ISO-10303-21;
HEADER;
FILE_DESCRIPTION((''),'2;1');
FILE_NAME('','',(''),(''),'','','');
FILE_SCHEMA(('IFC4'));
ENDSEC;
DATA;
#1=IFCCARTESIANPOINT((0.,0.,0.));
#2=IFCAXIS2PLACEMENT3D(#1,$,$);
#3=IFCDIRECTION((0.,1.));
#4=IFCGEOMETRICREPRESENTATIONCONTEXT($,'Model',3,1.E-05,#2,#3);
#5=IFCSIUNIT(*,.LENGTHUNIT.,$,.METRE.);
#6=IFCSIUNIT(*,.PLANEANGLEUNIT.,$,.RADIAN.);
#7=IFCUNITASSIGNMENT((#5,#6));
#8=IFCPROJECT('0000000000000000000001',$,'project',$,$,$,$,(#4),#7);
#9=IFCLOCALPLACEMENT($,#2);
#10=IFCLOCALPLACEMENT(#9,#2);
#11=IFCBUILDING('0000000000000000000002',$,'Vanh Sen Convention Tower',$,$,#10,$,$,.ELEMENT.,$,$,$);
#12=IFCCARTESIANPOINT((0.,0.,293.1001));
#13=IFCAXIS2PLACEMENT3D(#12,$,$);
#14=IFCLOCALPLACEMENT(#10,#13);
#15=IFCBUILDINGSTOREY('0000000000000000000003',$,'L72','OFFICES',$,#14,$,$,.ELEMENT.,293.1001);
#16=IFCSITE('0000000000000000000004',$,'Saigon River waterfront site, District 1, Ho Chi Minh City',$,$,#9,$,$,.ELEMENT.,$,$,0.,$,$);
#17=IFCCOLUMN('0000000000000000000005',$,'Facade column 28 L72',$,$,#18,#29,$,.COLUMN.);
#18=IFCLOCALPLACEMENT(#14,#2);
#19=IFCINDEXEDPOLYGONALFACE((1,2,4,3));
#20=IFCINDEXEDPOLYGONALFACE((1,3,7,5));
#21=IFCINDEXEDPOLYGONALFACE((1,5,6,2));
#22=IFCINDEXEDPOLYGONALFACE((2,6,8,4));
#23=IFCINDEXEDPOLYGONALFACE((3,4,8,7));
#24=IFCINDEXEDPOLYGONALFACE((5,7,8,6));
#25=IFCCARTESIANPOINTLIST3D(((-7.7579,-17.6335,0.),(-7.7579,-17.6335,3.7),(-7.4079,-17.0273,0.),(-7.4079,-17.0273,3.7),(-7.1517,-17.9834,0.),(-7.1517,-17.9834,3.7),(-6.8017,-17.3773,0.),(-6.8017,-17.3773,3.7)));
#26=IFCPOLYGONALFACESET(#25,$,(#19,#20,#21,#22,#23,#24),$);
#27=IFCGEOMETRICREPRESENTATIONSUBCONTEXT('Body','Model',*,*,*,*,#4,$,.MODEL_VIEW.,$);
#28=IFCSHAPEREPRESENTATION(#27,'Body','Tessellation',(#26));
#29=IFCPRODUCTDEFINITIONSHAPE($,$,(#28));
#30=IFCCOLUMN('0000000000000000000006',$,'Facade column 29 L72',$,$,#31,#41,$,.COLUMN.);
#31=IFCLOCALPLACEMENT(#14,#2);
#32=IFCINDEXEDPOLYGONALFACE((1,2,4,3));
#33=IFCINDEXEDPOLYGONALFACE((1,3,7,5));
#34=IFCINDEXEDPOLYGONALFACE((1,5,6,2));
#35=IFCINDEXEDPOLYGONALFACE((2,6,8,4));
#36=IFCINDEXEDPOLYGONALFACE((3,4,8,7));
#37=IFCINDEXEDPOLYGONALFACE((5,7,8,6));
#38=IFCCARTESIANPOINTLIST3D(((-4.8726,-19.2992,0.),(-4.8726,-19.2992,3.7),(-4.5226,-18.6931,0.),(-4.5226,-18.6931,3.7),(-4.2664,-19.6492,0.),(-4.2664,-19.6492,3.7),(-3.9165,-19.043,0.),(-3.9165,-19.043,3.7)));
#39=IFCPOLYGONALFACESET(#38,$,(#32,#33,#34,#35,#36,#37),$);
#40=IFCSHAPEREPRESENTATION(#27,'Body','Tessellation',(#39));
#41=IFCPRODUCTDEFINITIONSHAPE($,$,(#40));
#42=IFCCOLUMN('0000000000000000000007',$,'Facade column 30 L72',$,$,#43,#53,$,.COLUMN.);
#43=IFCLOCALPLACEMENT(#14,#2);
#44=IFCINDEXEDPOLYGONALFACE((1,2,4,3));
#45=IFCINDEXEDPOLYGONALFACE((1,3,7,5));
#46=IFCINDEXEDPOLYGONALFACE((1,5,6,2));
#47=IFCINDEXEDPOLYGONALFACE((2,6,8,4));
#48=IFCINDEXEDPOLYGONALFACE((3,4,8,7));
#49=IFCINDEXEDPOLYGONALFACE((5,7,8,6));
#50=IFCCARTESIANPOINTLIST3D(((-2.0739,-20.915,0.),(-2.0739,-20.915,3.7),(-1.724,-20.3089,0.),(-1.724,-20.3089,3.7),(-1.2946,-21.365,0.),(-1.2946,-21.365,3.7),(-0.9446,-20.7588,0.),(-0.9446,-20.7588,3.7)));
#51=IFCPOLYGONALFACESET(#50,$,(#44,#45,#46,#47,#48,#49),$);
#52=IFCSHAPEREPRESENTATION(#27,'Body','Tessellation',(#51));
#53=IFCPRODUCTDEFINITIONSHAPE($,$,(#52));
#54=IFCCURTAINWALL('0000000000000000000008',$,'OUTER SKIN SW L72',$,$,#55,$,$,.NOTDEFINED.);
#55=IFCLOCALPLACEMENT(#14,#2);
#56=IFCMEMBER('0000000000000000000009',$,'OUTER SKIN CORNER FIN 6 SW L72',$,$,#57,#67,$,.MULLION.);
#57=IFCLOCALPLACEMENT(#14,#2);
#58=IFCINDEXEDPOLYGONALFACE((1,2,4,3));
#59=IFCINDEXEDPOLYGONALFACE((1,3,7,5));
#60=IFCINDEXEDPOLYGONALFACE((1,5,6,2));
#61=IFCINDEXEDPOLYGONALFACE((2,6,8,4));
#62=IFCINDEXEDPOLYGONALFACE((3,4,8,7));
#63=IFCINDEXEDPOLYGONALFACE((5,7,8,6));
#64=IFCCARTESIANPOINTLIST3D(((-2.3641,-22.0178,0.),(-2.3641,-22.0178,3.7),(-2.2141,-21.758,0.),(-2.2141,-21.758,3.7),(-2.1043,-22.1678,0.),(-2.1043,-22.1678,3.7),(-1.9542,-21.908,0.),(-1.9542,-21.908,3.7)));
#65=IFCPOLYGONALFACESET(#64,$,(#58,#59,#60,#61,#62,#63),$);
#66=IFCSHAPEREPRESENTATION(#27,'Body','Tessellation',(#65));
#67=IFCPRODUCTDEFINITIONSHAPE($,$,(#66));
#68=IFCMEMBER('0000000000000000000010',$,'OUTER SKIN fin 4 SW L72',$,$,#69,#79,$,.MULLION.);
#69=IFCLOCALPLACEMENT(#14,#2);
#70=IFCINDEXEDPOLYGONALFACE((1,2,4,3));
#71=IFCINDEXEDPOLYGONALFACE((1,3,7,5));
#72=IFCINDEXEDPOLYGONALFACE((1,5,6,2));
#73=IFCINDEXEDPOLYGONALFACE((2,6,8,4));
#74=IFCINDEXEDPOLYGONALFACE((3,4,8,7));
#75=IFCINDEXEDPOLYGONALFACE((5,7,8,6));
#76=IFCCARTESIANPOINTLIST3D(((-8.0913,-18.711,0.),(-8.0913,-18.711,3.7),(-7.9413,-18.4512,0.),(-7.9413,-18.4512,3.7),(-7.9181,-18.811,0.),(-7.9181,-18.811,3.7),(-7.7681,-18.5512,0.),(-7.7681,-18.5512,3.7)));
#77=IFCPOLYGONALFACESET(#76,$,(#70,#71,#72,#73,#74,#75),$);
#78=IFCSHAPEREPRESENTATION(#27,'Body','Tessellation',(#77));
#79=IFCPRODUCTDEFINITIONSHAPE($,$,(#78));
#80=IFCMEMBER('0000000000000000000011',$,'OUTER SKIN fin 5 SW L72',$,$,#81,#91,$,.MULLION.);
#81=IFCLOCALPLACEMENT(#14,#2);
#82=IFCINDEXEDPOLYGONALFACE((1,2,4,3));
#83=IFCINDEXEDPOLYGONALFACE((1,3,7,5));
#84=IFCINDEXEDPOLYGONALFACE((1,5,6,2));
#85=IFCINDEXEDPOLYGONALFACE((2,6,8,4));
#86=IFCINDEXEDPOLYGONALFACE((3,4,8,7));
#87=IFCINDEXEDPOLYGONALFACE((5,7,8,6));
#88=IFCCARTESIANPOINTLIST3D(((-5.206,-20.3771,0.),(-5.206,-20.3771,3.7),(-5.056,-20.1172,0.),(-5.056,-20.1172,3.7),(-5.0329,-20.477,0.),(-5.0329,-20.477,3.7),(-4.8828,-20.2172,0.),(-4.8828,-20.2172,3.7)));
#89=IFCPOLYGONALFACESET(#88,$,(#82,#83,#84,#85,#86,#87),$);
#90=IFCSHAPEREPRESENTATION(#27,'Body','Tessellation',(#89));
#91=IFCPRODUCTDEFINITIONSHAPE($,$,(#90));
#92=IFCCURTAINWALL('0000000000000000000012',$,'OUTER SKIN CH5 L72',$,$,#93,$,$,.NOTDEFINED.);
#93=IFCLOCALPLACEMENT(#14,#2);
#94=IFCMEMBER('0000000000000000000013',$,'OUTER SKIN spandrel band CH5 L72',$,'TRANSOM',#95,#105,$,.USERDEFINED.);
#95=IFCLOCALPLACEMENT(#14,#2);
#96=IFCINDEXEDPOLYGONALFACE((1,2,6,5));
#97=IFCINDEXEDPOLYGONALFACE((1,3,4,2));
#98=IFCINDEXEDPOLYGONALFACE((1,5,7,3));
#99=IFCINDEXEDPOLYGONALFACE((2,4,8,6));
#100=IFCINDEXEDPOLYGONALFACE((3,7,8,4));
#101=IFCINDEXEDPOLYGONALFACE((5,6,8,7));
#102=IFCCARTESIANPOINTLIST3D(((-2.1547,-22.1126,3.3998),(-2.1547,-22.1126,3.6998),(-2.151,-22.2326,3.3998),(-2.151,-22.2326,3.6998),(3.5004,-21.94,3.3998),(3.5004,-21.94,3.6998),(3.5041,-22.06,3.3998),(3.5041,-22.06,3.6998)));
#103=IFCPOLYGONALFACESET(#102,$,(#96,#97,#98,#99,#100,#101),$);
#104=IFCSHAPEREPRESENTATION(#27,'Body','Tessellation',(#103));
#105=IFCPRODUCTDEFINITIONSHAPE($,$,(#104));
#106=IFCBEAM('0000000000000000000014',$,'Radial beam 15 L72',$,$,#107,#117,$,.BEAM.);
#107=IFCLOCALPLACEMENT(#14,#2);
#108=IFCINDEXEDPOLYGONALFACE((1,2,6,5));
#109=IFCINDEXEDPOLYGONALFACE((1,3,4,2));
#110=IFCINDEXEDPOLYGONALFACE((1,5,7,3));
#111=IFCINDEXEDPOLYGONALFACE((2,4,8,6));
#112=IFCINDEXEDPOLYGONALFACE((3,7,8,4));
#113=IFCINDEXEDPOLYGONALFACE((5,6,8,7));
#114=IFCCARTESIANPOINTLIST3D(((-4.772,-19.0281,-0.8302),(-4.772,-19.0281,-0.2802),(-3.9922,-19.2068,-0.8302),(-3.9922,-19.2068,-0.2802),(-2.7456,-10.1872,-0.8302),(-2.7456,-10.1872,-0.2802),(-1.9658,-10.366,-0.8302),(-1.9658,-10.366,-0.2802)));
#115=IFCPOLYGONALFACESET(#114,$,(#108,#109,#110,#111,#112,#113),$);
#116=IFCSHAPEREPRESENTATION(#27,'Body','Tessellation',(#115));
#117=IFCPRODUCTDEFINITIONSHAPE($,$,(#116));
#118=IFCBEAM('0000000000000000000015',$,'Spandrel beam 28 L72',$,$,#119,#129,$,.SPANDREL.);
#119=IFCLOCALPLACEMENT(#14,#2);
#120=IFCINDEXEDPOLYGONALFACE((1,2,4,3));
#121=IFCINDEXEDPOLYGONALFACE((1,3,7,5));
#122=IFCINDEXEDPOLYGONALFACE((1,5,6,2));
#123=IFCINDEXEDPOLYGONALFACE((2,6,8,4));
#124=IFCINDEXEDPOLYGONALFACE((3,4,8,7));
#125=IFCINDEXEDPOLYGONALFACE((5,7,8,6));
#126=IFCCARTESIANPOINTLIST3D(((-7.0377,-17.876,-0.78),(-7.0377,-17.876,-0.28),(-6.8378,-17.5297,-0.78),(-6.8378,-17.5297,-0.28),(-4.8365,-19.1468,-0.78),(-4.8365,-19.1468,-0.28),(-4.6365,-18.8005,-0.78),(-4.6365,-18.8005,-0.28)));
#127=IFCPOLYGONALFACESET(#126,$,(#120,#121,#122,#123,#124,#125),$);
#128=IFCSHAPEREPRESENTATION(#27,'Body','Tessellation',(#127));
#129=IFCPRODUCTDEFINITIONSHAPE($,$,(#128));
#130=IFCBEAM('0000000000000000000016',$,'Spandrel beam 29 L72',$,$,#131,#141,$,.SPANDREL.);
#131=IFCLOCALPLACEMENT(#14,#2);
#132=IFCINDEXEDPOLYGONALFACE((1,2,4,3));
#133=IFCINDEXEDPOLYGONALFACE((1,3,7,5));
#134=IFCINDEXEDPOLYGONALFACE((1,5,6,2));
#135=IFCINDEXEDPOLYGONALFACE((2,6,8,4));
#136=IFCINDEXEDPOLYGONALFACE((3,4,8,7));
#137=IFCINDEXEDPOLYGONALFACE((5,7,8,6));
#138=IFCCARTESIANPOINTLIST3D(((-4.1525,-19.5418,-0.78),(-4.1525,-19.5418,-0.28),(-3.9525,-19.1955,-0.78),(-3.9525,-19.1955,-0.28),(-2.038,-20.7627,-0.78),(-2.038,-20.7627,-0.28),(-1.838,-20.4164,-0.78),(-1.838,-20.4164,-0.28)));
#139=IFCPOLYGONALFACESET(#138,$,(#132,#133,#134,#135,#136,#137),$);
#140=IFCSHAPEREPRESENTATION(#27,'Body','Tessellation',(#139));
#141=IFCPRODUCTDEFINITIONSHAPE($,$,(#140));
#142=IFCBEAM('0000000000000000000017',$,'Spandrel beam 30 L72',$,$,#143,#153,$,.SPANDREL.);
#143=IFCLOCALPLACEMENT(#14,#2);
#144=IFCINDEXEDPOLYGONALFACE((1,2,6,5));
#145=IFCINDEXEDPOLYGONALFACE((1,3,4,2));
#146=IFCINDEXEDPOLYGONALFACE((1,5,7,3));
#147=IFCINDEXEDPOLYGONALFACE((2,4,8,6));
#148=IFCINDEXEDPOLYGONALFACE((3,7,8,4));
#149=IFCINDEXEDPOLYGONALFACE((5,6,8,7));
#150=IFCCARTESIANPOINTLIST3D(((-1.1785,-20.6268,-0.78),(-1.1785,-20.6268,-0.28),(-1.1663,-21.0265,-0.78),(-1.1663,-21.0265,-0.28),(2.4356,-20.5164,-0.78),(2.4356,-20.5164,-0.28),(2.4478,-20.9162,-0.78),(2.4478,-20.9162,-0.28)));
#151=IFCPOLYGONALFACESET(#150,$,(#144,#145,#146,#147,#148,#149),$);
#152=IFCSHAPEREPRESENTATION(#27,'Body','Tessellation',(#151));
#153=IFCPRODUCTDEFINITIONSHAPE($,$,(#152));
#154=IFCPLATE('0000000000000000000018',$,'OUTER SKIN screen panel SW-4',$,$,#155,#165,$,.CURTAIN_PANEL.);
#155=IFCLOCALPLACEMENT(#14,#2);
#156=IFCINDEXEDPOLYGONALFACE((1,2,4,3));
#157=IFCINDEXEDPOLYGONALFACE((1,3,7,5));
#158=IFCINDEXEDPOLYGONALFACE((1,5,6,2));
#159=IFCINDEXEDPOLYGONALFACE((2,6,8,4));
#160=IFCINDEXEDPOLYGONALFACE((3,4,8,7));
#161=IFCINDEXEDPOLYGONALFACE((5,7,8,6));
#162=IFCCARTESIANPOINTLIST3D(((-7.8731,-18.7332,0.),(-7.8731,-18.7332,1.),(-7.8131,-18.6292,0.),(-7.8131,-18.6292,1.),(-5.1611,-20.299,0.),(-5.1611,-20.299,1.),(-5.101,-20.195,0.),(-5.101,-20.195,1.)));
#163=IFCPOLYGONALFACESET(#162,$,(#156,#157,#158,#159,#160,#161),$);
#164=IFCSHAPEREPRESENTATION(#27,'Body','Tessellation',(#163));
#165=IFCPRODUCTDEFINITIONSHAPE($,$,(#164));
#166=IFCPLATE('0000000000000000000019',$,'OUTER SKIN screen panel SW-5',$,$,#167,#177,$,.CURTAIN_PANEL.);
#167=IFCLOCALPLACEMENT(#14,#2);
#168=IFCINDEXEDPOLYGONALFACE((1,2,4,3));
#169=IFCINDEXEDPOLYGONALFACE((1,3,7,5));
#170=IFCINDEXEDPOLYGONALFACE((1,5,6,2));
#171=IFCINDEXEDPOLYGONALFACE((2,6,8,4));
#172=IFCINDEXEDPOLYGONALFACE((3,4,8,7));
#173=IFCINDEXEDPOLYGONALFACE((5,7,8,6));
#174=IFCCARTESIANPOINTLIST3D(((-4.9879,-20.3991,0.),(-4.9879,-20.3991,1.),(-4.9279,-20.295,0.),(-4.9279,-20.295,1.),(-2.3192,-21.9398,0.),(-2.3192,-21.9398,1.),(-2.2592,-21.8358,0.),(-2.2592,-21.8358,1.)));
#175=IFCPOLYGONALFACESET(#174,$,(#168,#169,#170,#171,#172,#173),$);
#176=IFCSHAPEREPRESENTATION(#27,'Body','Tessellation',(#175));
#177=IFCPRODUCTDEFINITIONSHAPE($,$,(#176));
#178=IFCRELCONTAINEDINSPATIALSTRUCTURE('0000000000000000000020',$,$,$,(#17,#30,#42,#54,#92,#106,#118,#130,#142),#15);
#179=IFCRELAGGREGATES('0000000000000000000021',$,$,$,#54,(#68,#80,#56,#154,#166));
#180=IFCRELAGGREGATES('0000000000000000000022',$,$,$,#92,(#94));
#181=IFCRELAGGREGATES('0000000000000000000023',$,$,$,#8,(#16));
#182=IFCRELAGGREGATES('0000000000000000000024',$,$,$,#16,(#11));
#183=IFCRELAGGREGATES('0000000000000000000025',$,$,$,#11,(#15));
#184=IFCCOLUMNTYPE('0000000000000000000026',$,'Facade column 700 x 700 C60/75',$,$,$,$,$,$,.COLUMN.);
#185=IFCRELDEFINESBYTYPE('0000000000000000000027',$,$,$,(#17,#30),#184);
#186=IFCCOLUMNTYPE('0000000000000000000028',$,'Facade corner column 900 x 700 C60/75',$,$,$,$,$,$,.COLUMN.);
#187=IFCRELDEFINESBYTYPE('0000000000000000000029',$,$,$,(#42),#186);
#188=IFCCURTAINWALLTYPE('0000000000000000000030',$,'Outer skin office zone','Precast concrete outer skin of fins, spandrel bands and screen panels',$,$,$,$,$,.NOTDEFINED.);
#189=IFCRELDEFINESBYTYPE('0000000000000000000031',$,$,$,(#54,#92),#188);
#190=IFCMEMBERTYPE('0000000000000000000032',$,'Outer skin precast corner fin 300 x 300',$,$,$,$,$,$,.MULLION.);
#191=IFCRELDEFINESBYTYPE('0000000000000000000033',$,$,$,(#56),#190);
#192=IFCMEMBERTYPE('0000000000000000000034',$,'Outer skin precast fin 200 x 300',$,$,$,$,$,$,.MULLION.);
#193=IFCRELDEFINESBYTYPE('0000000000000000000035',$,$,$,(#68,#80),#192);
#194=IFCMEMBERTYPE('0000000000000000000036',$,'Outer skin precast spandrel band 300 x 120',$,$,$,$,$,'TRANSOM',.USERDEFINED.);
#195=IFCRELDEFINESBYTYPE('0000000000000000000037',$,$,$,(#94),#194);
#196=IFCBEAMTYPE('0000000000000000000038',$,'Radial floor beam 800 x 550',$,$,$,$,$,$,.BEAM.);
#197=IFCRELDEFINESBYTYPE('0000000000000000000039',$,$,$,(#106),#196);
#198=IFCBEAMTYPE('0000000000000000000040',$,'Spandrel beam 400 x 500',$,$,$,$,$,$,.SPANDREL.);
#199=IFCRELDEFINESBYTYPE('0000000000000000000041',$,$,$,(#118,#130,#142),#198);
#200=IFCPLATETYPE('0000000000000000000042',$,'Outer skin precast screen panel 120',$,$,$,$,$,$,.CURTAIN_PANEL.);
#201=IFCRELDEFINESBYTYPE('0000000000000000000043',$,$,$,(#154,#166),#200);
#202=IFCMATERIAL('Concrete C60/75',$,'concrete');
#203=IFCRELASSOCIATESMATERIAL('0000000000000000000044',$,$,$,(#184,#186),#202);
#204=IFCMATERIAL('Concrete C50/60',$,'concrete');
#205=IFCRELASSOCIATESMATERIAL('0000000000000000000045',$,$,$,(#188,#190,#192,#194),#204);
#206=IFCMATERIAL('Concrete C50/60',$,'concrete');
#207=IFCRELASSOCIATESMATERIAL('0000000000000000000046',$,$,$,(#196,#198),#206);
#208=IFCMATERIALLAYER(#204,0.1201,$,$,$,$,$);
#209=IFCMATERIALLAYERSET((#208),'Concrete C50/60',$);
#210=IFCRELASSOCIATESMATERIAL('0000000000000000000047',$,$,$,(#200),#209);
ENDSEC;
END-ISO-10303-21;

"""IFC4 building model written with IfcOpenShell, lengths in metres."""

from ifc_helpers import new_model, si_unit, direction, frame, origin, origin_2d, place, context, subcontext, project, spatial, rectangle, extrude, material, layer, layer_set, material_profile, profile_set, type_object, element, aggregate, save


model = new_model("IFC4")

# Units and contexts
model_context = context("Model", 3, precision=1e-05, world=origin(), true_north=direction((0.0, 1.0)))
body_context = subcontext(model_context, "Body", "Model", "MODEL_VIEW")
ifc_project = project(units=[si_unit("LENGTHUNIT", "METRE"), si_unit("PLANEANGLEUNIT", "RADIAN")], contexts=[model_context])

# Site, building, storey
site_placement = place(None, origin())
site = spatial("IfcSite", under=ifc_project, at=site_placement, Name="Saigon River waterfront site, District 1, Ho Chi Minh City", CompositionType="ELEMENT", RefElevation=0.0)
building_placement = place(site_placement, origin())
building = spatial("IfcBuilding", under=site, at=building_placement, Name="Vanh Sen Convention Tower", CompositionType="ELEMENT")
storey_placement = place(building_placement, frame((0.0, 0.0, 293.1001)))
storey = spatial("IfcBuildingStorey", under=building, at=storey_placement, Name="L72", Description="OFFICES", CompositionType="ELEMENT", Elevation=293.1001)

# Columns
ifc_material_1 = material(Name="Concrete C60/75", Category="concrete")
ifc_material_profile_1 = material_profile(ifc_material_1, rectangle(XDim=0.7, YDim=0.7, at=origin_2d()), Name="RC 700X700")
ifc_profile_set_1 = profile_set([ifc_material_profile_1], Name="Concrete C60/75")
column_type_1 = type_object("IfcColumnType", Name="Facade column 700 x 700 C60/75", PredefinedType="COLUMN", material=ifc_profile_set_1)
for number, where, z_axis, x_axis, name in (
    (1, (-7.2798, -17.5054, 0.0), (0.0, 0.0, 1.0), (0.866025, -0.5, 0.0), "Facade column 28 L72"),
    (2, (-4.3945, -19.1711, 0.0), (0.0, 0.0, 1.0), (0.866025, -0.5, 0.0), "Facade column 29 L72"),
):
    element("IfcColumn", number, at=place(storey_placement, frame(where, z_axis=z_axis, x_axis=x_axis)), inside=storey, type_object=column_type_1, Name=name, PredefinedType="COLUMN", context=body_context, shape_type="SweptSolid", body=[
        extrude(rectangle(XDim=0.7, YDim=0.7, at=origin_2d()), origin(), (0.0, 0.0, 1.0), 3.7),
    ])
ifc_material_profile_2 = material_profile(ifc_material_1, rectangle(XDim=0.8999, YDim=0.7, at=origin_2d()), Name="RC 900X700")
ifc_profile_set_2 = profile_set([ifc_material_profile_2], Name="Concrete C60/75")
column_type_2 = type_object("IfcColumnType", Name="Facade corner column 900 x 700 C60/75", PredefinedType="COLUMN", material=ifc_profile_set_2)
column_placement = place(storey_placement, frame((-1.5093, -20.8369, 0.0), z_axis=(0.0, 0.0, 1.0), x_axis=(0.866025, -0.5, 0.0)))
element("IfcColumn", 3, at=column_placement, inside=storey, type_object=column_type_2, Name="Facade column 30 L72", PredefinedType="COLUMN", context=body_context, shape_type="SweptSolid", body=[
    extrude(rectangle(XDim=0.8999, YDim=0.7, at=origin_2d()), origin(), (0.0, 0.0, 1.0), 3.7),
])

# Curtain wall, members
ifc_material_2 = material(Name="Concrete C50/60", Category="concrete")
curtain_wall_type = type_object("IfcCurtainWallType", Name="Outer skin office zone", Description="Precast concrete outer skin of fins, spandrel bands and screen panels", PredefinedType="NOTDEFINED", material=ifc_material_2)
curtain_wall_1_placement = place(storey_placement, origin())
curtain_wall_1 = element("IfcCurtainWall", 4, at=curtain_wall_1_placement, inside=storey, type_object=curtain_wall_type, Name="OUTER SKIN SW L72", PredefinedType="NOTDEFINED")
ifc_material_profile_3 = material_profile(ifc_material_2, rectangle(XDim=0.3, YDim=0.3, at=origin_2d()), Name="Outer skin precast corner fin 300 x 300")
ifc_profile_set_3 = profile_set([ifc_material_profile_3], Name="Concrete C50/60")
member_type_1 = type_object("IfcMemberType", Name="Outer skin precast corner fin 300 x 300", PredefinedType="MULLION", material=ifc_profile_set_3)
member_1_placement = place(storey_placement, frame((-2.1592, -21.9629, 0.0), z_axis=(0.0, 0.0, 1.0), x_axis=(0.866025, -0.5, 0.0)))
member_1 = element("IfcMember", 5, at=member_1_placement, type_object=member_type_1, Name="OUTER SKIN CORNER FIN 6 SW L72", PredefinedType="MULLION", context=body_context, shape_type="SweptSolid", body=[
    extrude(rectangle(XDim=0.3, YDim=0.3, at=origin_2d()), origin(), (0.0, 0.0, 1.0), 3.7),
])
ifc_material_profile_4 = material_profile(ifc_material_2, rectangle(XDim=0.2, YDim=0.3, at=origin_2d()), Name="Outer skin precast fin 200 x 300")
ifc_profile_set_4 = profile_set([ifc_material_profile_4], Name="Concrete C50/60")
member_type_2 = type_object("IfcMemberType", Name="Outer skin precast fin 200 x 300", PredefinedType="MULLION", material=ifc_profile_set_4)
member_2_placement = place(storey_placement, frame((-7.9297, -18.6311, 0.0), z_axis=(0.0, 0.0, 1.0), x_axis=(0.866025, -0.5, 0.0)))
member_2 = element("IfcMember", 6, at=member_2_placement, type_object=member_type_2, Name="OUTER SKIN fin 4 SW L72", PredefinedType="MULLION", context=body_context, shape_type="SweptSolid", body=[
    extrude(rectangle(XDim=0.2, YDim=0.3, at=origin_2d()), origin(), (0.0, 0.0, 1.0), 3.7),
])
member_3_placement = place(storey_placement, frame((-5.0444, -20.2971, 0.0), z_axis=(0.0, 0.0, 1.0), x_axis=(0.866025, -0.5, 0.0)))
member_3 = element("IfcMember", 7, at=member_3_placement, type_object=member_type_2, Name="OUTER SKIN fin 5 SW L72", PredefinedType="MULLION", context=body_context, shape_type="SweptSolid", body=[
    extrude(rectangle(XDim=0.2, YDim=0.3, at=origin_2d()), origin(), (0.0, 0.0, 1.0), 3.7),
])

# Curtain wall, member
curtain_wall_2_placement = place(storey_placement, origin())
curtain_wall_2 = element("IfcCurtainWall", 8, at=curtain_wall_2_placement, inside=storey, type_object=curtain_wall_type, Name="OUTER SKIN CH5 L72", PredefinedType="NOTDEFINED")
ifc_material_profile_5 = material_profile(ifc_material_2, rectangle(XDim=0.1201, YDim=0.3, at=origin_2d()), Name="Outer skin precast spandrel band 300 x 120")
ifc_profile_set_5 = profile_set([ifc_material_profile_5], Name="Concrete C50/60")
member_type_3 = type_object("IfcMemberType", Name="Outer skin precast spandrel band 300 x 120", ElementType="TRANSOM", PredefinedType="USERDEFINED", material=ifc_profile_set_5)
member_4_placement = place(storey_placement, frame((-2.1528, -22.1726, 3.5498), z_axis=(0.999535, 0.030509, 0.0), x_axis=(-0.030509, 0.999535, 0.0)))
member_4 = element("IfcMember", 9, at=member_4_placement, type_object=member_type_3, Name="OUTER SKIN spandrel band CH5 L72", ObjectType="TRANSOM", PredefinedType="USERDEFINED", context=body_context, shape_type="SweptSolid", body=[
    extrude(rectangle(XDim=0.1201, YDim=0.3, at=origin_2d()), origin(), (0.0, 0.0, 1.0), 5.6577),
])

# Beams
ifc_material_3 = material(Name="Concrete C50/60", Category="concrete")
ifc_material_profile_6 = material_profile(ifc_material_3, rectangle(XDim=0.8, YDim=0.55, at=origin_2d()), Name="RC 800X550")
ifc_profile_set_6 = profile_set([ifc_material_profile_6], Name="Concrete C50/60")
beam_type_1 = type_object("IfcBeamType", Name="Radial floor beam 800 x 550", PredefinedType="BEAM", material=ifc_profile_set_6)
beam_1_placement = place(storey_placement, frame((-4.3821, -19.1174, -0.5552), z_axis=(0.223412, 0.974724, 0.0), x_axis=(-0.974724, 0.223412, 0.0)))
element("IfcBeam", 10, at=beam_1_placement, inside=storey, type_object=beam_type_1, Name="Radial beam 15 L72", PredefinedType="BEAM", context=body_context, shape_type="SweptSolid", body=[
    extrude(rectangle(XDim=0.8, YDim=0.55, at=origin_2d()), origin(), (0.0, 0.0, 1.0), 9.0701),
])
ifc_material_profile_7 = material_profile(ifc_material_3, rectangle(XDim=0.3999, YDim=0.5, at=origin_2d()), Name="RC 400X500")
ifc_profile_set_7 = profile_set([ifc_material_profile_7], Name="Concrete C50/60")
beam_type_2 = type_object("IfcBeamType", Name="Spandrel beam 400 x 500", PredefinedType="SPANDREL", material=ifc_profile_set_7)
beam_2_placement = place(storey_placement, frame((-6.9377, -17.7029, -0.53), z_axis=(0.866042, -0.499972, 0.0), x_axis=(0.499972, 0.866042, 0.0)))
element("IfcBeam", 11, at=beam_2_placement, inside=storey, type_object=beam_type_2, Name="Spandrel beam 28 L72", PredefinedType="SPANDREL", context=body_context, shape_type="SweptSolid", body=[
    extrude(rectangle(XDim=0.3999, YDim=0.5, at=origin_2d()), origin(), (0.0, 0.0, 1.0), 2.5417),
])
beam_3_placement = place(storey_placement, frame((-4.0525, -19.3687, -0.53), z_axis=(0.866001, -0.500043, 0.0), x_axis=(0.500043, 0.866001, 0.0)))
element("IfcBeam", 12, at=beam_3_placement, inside=storey, type_object=beam_type_2, Name="Spandrel beam 29 L72", PredefinedType="SPANDREL", context=body_context, shape_type="SweptSolid", body=[
    extrude(rectangle(XDim=0.3999, YDim=0.5, at=origin_2d()), origin(), (0.0, 0.0, 1.0), 2.4417),
])
beam_4_placement = place(storey_placement, frame((-1.1724, -20.8267, -0.53), z_axis=(0.999534, 0.03052, 0.0), x_axis=(-0.03052, 0.999534, 0.0)))
element("IfcBeam", 13, at=beam_4_placement, inside=storey, type_object=beam_type_2, Name="Spandrel beam 30 L72", PredefinedType="SPANDREL", context=body_context, shape_type="SweptSolid", body=[
    extrude(rectangle(XDim=0.3999, YDim=0.5, at=origin_2d()), origin(), (0.0, 0.0, 1.0), 3.6157),
])

# Plates
ifc_layer_1 = layer(ifc_material_2, 0.1201)
ifc_layer_set_1 = layer_set([ifc_layer_1], Name="Concrete C50/60")
plate_type = type_object("IfcPlateType", Name="Outer skin precast screen panel 120", PredefinedType="CURTAIN_PANEL", material=ifc_layer_set_1)
plate_1_placement = place(storey_placement, frame((-6.4871, -19.4641, 0.0), z_axis=(0.0, 0.0, 1.0), x_axis=(0.866029, -0.499994, 0.0)))
plate_1 = element("IfcPlate", 14, at=plate_1_placement, type_object=plate_type, Name="OUTER SKIN screen panel SW-4", PredefinedType="CURTAIN_PANEL", context=body_context, shape_type="SweptSolid", body=[
    extrude(rectangle(XDim=3.1316, YDim=0.1201, at=origin_2d()), origin(), (0.0, 0.0, 1.0), 1.0),
])
plate_2_placement = place(storey_placement, frame((-3.6235, -21.1174, 0.0), z_axis=(0.0, 0.0, 1.0), x_axis=(0.866029, -0.499994, 0.0)))
plate_2 = element("IfcPlate", 15, at=plate_2_placement, type_object=plate_type, Name="OUTER SKIN screen panel SW-5", PredefinedType="CURTAIN_PANEL", context=body_context, shape_type="SweptSolid", body=[
    extrude(rectangle(XDim=3.0815, YDim=0.1201, at=origin_2d()), origin(), (0.0, 0.0, 1.0), 1.0),
])
aggregate(curtain_wall_1, [member_2, member_3, member_1, plate_1, plate_2])
aggregate(curtain_wall_2, [member_4])

save(model, "model.ifc")
